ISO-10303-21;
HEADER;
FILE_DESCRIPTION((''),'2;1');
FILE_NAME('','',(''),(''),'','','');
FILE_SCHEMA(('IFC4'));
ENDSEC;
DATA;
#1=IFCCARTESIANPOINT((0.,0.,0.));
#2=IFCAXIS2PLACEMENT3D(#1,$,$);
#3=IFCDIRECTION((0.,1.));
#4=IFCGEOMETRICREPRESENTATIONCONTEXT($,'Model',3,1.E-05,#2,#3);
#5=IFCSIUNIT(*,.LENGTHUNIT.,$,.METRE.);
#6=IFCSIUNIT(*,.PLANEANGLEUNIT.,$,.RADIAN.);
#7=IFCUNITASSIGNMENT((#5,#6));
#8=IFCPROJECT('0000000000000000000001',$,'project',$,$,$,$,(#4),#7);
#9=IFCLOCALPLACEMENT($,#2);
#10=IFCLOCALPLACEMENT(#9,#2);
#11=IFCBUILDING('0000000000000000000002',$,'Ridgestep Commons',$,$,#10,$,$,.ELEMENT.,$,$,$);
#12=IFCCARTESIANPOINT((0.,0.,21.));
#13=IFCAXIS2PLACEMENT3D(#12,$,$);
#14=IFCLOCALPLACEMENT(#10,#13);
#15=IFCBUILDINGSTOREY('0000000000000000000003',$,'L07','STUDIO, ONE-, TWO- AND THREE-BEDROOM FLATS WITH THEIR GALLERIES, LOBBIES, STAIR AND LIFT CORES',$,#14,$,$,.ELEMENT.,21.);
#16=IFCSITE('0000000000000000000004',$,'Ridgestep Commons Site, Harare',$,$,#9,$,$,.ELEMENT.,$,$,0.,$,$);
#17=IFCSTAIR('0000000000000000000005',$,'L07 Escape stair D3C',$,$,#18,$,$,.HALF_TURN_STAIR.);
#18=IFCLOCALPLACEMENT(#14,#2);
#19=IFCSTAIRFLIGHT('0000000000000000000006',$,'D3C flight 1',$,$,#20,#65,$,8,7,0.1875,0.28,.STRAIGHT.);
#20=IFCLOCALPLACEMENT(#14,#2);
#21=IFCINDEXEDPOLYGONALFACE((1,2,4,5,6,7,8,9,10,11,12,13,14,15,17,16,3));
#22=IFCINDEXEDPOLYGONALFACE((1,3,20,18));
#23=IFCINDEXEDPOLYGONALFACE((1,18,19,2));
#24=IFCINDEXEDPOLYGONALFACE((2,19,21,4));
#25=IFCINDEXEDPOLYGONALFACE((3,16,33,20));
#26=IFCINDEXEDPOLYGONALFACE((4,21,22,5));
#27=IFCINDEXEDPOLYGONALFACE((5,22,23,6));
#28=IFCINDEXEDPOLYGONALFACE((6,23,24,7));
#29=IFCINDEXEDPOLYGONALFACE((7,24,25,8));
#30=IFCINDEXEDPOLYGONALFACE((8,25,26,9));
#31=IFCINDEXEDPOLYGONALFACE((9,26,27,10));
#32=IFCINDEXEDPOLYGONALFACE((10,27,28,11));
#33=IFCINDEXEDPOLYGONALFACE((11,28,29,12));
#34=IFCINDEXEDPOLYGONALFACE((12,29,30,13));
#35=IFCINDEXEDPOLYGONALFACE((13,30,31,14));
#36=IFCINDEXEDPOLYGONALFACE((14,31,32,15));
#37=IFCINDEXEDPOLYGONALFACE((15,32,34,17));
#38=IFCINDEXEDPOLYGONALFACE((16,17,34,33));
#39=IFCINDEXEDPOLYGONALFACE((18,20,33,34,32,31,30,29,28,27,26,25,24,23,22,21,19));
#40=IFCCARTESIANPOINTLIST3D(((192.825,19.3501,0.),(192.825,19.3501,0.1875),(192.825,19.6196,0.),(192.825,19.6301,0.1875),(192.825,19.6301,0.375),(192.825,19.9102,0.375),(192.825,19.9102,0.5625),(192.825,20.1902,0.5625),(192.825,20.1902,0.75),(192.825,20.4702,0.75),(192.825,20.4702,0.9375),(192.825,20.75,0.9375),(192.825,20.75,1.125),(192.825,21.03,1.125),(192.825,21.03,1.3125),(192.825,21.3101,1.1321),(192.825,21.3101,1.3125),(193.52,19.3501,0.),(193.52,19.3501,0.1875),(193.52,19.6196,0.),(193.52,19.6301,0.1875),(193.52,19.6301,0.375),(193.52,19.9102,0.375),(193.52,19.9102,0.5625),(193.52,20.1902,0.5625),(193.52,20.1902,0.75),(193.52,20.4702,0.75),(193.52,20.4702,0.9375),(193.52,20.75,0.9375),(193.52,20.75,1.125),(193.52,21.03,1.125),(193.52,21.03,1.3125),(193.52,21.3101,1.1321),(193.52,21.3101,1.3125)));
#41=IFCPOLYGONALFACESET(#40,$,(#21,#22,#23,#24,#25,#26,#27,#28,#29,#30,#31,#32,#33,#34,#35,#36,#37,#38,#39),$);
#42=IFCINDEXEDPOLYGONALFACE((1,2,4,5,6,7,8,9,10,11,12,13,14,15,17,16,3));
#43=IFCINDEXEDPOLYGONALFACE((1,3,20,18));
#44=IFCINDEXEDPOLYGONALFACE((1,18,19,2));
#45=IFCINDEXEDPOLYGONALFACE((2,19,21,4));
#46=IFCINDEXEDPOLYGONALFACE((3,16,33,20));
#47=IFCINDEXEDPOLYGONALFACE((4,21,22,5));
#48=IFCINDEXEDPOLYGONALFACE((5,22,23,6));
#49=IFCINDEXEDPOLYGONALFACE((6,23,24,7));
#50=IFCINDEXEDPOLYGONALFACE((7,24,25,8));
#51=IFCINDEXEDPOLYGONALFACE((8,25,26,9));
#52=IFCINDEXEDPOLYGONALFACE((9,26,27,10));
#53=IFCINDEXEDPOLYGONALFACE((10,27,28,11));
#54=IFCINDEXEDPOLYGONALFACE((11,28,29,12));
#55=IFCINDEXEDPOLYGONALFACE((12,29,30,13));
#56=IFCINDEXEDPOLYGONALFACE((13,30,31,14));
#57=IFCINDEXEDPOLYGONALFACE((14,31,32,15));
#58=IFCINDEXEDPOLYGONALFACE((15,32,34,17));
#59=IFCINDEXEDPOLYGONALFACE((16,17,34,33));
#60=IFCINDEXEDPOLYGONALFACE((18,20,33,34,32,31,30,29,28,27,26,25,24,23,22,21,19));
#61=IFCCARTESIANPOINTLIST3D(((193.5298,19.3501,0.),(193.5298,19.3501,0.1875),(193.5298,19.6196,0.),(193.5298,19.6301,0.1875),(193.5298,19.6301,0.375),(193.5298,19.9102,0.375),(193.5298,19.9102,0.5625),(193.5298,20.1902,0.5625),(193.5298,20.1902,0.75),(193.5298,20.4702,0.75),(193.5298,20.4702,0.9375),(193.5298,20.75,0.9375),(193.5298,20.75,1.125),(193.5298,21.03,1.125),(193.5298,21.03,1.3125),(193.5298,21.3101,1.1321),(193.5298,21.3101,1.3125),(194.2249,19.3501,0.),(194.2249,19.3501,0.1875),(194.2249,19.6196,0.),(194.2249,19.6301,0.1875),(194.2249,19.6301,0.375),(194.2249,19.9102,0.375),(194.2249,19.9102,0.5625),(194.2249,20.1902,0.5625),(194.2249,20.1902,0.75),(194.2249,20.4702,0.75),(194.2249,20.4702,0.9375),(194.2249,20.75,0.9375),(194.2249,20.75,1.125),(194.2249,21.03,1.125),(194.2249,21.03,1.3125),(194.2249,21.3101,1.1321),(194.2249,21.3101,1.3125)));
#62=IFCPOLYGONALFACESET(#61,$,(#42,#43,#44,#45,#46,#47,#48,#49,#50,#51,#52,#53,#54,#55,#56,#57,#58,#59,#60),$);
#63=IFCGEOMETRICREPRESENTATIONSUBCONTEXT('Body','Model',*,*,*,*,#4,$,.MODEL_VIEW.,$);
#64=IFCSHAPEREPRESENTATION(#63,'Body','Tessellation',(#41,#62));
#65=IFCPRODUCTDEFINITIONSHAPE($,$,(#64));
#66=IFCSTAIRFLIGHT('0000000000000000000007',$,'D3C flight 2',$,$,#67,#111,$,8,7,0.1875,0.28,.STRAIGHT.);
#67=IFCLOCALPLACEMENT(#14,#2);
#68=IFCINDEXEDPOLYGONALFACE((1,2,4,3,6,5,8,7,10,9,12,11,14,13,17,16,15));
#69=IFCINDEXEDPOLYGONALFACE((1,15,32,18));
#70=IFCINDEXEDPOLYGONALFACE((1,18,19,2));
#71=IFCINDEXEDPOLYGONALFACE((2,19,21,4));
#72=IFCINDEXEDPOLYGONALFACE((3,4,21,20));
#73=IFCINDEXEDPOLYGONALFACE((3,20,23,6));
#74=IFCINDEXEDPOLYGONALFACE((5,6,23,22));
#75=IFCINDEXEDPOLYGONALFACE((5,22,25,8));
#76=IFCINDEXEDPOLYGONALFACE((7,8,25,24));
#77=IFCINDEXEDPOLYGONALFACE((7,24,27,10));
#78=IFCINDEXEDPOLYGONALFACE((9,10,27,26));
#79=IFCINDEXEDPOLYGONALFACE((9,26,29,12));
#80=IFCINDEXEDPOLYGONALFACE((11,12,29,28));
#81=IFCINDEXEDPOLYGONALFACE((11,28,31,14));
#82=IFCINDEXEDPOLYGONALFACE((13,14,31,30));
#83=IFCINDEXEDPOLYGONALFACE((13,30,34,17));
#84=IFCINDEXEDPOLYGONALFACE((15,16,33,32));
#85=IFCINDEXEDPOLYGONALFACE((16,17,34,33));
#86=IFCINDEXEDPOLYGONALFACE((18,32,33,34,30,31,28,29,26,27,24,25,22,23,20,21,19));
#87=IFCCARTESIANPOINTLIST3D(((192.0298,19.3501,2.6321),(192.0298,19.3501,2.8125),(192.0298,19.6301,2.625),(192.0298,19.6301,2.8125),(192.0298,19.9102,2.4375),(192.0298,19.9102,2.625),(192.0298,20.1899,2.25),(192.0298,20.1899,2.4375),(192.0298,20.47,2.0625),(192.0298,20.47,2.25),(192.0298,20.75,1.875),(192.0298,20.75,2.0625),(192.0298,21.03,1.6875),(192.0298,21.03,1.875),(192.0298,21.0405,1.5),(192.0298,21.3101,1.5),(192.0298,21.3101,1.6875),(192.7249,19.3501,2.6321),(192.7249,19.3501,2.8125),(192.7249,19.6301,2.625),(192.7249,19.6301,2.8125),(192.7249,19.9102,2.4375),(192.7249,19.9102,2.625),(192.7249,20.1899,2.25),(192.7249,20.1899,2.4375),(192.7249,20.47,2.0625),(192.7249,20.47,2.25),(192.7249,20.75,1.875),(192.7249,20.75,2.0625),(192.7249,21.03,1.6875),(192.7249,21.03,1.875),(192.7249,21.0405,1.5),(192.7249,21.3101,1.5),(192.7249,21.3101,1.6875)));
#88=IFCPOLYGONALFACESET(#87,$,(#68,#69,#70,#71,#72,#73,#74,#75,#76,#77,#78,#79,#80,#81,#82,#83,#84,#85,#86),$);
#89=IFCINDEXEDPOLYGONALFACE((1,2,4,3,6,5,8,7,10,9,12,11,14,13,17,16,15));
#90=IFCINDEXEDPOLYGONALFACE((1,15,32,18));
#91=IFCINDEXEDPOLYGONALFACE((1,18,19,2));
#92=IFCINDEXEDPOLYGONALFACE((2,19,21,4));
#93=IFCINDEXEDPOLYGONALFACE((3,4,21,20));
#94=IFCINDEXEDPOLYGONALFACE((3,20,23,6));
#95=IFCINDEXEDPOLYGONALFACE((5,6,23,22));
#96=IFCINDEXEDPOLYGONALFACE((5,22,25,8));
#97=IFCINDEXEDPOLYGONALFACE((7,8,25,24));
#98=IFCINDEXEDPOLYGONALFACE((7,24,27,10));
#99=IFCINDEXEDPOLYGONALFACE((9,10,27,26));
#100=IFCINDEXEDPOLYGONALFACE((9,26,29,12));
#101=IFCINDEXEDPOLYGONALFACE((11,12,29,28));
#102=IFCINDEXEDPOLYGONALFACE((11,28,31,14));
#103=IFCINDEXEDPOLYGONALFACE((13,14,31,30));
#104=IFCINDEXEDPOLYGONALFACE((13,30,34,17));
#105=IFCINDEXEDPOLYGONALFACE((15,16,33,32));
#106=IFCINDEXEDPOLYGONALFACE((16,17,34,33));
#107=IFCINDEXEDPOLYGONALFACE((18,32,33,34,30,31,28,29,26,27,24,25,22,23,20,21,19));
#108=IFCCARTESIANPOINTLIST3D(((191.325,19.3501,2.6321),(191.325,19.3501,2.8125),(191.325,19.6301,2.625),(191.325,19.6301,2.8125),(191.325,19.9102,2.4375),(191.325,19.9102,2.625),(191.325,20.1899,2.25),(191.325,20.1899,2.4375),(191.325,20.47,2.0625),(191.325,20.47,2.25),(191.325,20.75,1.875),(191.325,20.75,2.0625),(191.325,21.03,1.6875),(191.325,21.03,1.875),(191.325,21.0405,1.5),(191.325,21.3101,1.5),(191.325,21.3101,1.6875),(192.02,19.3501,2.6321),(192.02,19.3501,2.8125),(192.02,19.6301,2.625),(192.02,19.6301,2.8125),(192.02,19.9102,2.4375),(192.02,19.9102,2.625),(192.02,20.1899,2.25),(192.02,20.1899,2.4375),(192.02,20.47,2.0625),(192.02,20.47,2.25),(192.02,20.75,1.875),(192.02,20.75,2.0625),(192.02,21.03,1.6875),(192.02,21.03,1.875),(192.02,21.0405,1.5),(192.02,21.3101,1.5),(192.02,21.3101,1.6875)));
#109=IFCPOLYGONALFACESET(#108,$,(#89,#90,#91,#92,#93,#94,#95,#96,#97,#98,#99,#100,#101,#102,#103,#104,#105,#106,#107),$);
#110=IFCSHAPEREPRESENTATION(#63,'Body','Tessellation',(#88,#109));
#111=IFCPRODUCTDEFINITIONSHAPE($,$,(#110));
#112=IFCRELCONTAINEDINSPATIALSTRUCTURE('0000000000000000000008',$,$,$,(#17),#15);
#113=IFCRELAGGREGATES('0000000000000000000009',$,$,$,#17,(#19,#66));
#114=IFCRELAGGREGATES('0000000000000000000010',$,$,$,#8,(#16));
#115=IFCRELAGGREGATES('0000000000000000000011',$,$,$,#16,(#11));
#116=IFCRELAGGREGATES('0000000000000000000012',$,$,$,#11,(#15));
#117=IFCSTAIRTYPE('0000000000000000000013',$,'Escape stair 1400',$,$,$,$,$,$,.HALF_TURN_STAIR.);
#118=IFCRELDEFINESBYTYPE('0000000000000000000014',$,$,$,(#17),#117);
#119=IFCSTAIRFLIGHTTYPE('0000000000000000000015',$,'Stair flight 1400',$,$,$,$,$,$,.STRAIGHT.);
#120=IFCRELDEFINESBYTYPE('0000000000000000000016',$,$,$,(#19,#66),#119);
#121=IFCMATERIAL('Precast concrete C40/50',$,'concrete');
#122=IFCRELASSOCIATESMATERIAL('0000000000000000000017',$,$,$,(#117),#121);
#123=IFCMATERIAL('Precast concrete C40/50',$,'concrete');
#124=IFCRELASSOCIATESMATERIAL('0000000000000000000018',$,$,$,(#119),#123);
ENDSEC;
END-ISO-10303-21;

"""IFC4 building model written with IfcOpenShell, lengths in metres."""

from ifc_helpers import new_model, si_unit, direction, frame, origin, place, context, subcontext, project, spatial, polyline, outline, extrude, material, type_object, element, aggregate, save


model = new_model("IFC4")

# Units and contexts
model_context = context("Model", 3, precision=1e-05, world=origin(), true_north=direction((0.0, 1.0)))
body_context = subcontext(model_context, "Body", "Model", "MODEL_VIEW")
ifc_project = project(units=[si_unit("LENGTHUNIT", "METRE"), si_unit("PLANEANGLEUNIT", "RADIAN")], contexts=[model_context])

# Site, building, storey
site_placement = place(None, origin())
site = spatial("IfcSite", under=ifc_project, at=site_placement, Name="Ridgestep Commons Site, Harare", CompositionType="ELEMENT", RefElevation=0.0)
building_placement = place(site_placement, origin())
building = spatial("IfcBuilding", under=site, at=building_placement, Name="Ridgestep Commons", CompositionType="ELEMENT")
storey_placement = place(building_placement, frame((0.0, 0.0, 21.0)))
storey = spatial("IfcBuildingStorey", under=building, at=storey_placement, Name="L07", Description="STUDIO, ONE-, TWO- AND THREE-BEDROOM FLATS WITH THEIR GALLERIES, LOBBIES, STAIR AND LIFT CORES", CompositionType="ELEMENT", Elevation=21.0)

# Stair, stair flights
ifc_material_1 = material(Name="Precast concrete C40/50", Category="concrete")
stair_type = type_object("IfcStairType", Name="Escape stair 1400", PredefinedType="HALF_TURN_STAIR", material=ifc_material_1)
stair_placement = place(storey_placement, origin())
stair = element("IfcStair", 1, at=stair_placement, inside=storey, type_object=stair_type, Name="L07 Escape stair D3C", PredefinedType="HALF_TURN_STAIR")
ifc_material_2 = material(Name="Precast concrete C40/50", Category="concrete")
stair_flight_type = type_object("IfcStairFlightType", Name="Stair flight 1400", PredefinedType="STRAIGHT", material=ifc_material_2)
stair_flight_1_placement = place(storey_placement, frame((193.5249, 19.3501, 0.0), z_axis=(0.0, 0.0, 1.0), x_axis=(0.0, 1.0, 0.0)))
stair_flight_1 = element("IfcStairFlight", 2, at=stair_flight_1_placement, type_object=stair_flight_type, Name="D3C flight 1", NumberOfRisers=8, NumberOfTreads=7, PredefinedType="STRAIGHT", RiserHeight=0.1875, TreadLength=0.28, context=body_context, shape_type="SweptSolid", body=[
    extrude(outline(polyline([(0.0, 0.0), (0.0, 0.1875), (0.28, 0.1875), (0.28, 0.375), (0.5601, 0.375), (0.5601, 0.5625), (0.8401, 0.5625), (0.8401, 0.75), (1.1201, 0.75), (1.1201, 0.9375), (1.3999, 0.9375), (1.3999, 1.125), (1.6799, 1.125), (1.6799, 1.3125), (1.96, 1.3125), (1.96, 1.5), (1.96, 1.1321), (0.2695, 0.0), (0.0, 0.0)])), frame((0.0, 0.7, 0.0), z_axis=(0.0, -1.0, 0.0), x_axis=(1.0, 0.0, 0.0)), (0.0, 0.0, 1.0), 0.6951),
    extrude(outline(polyline([(0.0, 0.0), (0.0, 0.1875), (0.28, 0.1875), (0.28, 0.375), (0.5601, 0.375), (0.5601, 0.5625), (0.8401, 0.5625), (0.8401, 0.75), (1.1201, 0.75), (1.1201, 0.9375), (1.3999, 0.9375), (1.3999, 1.125), (1.6799, 1.125), (1.6799, 1.3125), (1.96, 1.3125), (1.96, 1.5), (1.96, 1.1321), (0.2695, 0.0), (0.0, 0.0)])), frame((0.0, -0.0049, 0.0), z_axis=(0.0, -1.0, 0.0), x_axis=(1.0, 0.0, 0.0)), (0.0, 0.0, 1.0), 0.6951),
])
stair_flight_2_placement = place(storey_placement, frame((192.0249, 21.3101, 1.5), z_axis=(0.0, 0.0, 1.0), x_axis=(0.0, -1.0, 0.0)))
stair_flight_2 = element("IfcStairFlight", 3, at=stair_flight_2_placement, type_object=stair_flight_type, Name="D3C flight 2", NumberOfRisers=8, NumberOfTreads=7, PredefinedType="STRAIGHT", RiserHeight=0.1875, TreadLength=0.28, context=body_context, shape_type="SweptSolid", body=[
    extrude(outline(polyline([(0.0, 0.0), (0.0, 0.1875), (0.28, 0.1875), (0.28, 0.375), (0.5601, 0.375), (0.5601, 0.5625), (0.8401, 0.5625), (0.8401, 0.75), (1.1201, 0.75), (1.1201, 0.9375), (1.3999, 0.9375), (1.3999, 1.125), (1.6799, 1.125), (1.6799, 1.3125), (1.96, 1.3125), (1.96, 1.5), (1.96, 1.1321), (0.2695, 0.0), (0.0, 0.0)])), frame((0.0, 0.7, 0.0), z_axis=(0.0, -1.0, 0.0), x_axis=(1.0, 0.0, 0.0)), (0.0, 0.0, 1.0), 0.6951),
    extrude(outline(polyline([(0.0, 0.0), (0.0, 0.1875), (0.28, 0.1875), (0.28, 0.375), (0.5601, 0.375), (0.5601, 0.5625), (0.8401, 0.5625), (0.8401, 0.75), (1.1201, 0.75), (1.1201, 0.9375), (1.3999, 0.9375), (1.3999, 1.125), (1.6799, 1.125), (1.6799, 1.3125), (1.96, 1.3125), (1.96, 1.5), (1.96, 1.1321), (0.2695, 0.0), (0.0, 0.0)])), frame((0.0, -0.0049, 0.0), z_axis=(0.0, -1.0, 0.0), x_axis=(1.0, 0.0, 0.0)), (0.0, 0.0, 1.0), 0.6951),
])
aggregate(stair, [stair_flight_1, stair_flight_2])

save(model, "model.ifc")
